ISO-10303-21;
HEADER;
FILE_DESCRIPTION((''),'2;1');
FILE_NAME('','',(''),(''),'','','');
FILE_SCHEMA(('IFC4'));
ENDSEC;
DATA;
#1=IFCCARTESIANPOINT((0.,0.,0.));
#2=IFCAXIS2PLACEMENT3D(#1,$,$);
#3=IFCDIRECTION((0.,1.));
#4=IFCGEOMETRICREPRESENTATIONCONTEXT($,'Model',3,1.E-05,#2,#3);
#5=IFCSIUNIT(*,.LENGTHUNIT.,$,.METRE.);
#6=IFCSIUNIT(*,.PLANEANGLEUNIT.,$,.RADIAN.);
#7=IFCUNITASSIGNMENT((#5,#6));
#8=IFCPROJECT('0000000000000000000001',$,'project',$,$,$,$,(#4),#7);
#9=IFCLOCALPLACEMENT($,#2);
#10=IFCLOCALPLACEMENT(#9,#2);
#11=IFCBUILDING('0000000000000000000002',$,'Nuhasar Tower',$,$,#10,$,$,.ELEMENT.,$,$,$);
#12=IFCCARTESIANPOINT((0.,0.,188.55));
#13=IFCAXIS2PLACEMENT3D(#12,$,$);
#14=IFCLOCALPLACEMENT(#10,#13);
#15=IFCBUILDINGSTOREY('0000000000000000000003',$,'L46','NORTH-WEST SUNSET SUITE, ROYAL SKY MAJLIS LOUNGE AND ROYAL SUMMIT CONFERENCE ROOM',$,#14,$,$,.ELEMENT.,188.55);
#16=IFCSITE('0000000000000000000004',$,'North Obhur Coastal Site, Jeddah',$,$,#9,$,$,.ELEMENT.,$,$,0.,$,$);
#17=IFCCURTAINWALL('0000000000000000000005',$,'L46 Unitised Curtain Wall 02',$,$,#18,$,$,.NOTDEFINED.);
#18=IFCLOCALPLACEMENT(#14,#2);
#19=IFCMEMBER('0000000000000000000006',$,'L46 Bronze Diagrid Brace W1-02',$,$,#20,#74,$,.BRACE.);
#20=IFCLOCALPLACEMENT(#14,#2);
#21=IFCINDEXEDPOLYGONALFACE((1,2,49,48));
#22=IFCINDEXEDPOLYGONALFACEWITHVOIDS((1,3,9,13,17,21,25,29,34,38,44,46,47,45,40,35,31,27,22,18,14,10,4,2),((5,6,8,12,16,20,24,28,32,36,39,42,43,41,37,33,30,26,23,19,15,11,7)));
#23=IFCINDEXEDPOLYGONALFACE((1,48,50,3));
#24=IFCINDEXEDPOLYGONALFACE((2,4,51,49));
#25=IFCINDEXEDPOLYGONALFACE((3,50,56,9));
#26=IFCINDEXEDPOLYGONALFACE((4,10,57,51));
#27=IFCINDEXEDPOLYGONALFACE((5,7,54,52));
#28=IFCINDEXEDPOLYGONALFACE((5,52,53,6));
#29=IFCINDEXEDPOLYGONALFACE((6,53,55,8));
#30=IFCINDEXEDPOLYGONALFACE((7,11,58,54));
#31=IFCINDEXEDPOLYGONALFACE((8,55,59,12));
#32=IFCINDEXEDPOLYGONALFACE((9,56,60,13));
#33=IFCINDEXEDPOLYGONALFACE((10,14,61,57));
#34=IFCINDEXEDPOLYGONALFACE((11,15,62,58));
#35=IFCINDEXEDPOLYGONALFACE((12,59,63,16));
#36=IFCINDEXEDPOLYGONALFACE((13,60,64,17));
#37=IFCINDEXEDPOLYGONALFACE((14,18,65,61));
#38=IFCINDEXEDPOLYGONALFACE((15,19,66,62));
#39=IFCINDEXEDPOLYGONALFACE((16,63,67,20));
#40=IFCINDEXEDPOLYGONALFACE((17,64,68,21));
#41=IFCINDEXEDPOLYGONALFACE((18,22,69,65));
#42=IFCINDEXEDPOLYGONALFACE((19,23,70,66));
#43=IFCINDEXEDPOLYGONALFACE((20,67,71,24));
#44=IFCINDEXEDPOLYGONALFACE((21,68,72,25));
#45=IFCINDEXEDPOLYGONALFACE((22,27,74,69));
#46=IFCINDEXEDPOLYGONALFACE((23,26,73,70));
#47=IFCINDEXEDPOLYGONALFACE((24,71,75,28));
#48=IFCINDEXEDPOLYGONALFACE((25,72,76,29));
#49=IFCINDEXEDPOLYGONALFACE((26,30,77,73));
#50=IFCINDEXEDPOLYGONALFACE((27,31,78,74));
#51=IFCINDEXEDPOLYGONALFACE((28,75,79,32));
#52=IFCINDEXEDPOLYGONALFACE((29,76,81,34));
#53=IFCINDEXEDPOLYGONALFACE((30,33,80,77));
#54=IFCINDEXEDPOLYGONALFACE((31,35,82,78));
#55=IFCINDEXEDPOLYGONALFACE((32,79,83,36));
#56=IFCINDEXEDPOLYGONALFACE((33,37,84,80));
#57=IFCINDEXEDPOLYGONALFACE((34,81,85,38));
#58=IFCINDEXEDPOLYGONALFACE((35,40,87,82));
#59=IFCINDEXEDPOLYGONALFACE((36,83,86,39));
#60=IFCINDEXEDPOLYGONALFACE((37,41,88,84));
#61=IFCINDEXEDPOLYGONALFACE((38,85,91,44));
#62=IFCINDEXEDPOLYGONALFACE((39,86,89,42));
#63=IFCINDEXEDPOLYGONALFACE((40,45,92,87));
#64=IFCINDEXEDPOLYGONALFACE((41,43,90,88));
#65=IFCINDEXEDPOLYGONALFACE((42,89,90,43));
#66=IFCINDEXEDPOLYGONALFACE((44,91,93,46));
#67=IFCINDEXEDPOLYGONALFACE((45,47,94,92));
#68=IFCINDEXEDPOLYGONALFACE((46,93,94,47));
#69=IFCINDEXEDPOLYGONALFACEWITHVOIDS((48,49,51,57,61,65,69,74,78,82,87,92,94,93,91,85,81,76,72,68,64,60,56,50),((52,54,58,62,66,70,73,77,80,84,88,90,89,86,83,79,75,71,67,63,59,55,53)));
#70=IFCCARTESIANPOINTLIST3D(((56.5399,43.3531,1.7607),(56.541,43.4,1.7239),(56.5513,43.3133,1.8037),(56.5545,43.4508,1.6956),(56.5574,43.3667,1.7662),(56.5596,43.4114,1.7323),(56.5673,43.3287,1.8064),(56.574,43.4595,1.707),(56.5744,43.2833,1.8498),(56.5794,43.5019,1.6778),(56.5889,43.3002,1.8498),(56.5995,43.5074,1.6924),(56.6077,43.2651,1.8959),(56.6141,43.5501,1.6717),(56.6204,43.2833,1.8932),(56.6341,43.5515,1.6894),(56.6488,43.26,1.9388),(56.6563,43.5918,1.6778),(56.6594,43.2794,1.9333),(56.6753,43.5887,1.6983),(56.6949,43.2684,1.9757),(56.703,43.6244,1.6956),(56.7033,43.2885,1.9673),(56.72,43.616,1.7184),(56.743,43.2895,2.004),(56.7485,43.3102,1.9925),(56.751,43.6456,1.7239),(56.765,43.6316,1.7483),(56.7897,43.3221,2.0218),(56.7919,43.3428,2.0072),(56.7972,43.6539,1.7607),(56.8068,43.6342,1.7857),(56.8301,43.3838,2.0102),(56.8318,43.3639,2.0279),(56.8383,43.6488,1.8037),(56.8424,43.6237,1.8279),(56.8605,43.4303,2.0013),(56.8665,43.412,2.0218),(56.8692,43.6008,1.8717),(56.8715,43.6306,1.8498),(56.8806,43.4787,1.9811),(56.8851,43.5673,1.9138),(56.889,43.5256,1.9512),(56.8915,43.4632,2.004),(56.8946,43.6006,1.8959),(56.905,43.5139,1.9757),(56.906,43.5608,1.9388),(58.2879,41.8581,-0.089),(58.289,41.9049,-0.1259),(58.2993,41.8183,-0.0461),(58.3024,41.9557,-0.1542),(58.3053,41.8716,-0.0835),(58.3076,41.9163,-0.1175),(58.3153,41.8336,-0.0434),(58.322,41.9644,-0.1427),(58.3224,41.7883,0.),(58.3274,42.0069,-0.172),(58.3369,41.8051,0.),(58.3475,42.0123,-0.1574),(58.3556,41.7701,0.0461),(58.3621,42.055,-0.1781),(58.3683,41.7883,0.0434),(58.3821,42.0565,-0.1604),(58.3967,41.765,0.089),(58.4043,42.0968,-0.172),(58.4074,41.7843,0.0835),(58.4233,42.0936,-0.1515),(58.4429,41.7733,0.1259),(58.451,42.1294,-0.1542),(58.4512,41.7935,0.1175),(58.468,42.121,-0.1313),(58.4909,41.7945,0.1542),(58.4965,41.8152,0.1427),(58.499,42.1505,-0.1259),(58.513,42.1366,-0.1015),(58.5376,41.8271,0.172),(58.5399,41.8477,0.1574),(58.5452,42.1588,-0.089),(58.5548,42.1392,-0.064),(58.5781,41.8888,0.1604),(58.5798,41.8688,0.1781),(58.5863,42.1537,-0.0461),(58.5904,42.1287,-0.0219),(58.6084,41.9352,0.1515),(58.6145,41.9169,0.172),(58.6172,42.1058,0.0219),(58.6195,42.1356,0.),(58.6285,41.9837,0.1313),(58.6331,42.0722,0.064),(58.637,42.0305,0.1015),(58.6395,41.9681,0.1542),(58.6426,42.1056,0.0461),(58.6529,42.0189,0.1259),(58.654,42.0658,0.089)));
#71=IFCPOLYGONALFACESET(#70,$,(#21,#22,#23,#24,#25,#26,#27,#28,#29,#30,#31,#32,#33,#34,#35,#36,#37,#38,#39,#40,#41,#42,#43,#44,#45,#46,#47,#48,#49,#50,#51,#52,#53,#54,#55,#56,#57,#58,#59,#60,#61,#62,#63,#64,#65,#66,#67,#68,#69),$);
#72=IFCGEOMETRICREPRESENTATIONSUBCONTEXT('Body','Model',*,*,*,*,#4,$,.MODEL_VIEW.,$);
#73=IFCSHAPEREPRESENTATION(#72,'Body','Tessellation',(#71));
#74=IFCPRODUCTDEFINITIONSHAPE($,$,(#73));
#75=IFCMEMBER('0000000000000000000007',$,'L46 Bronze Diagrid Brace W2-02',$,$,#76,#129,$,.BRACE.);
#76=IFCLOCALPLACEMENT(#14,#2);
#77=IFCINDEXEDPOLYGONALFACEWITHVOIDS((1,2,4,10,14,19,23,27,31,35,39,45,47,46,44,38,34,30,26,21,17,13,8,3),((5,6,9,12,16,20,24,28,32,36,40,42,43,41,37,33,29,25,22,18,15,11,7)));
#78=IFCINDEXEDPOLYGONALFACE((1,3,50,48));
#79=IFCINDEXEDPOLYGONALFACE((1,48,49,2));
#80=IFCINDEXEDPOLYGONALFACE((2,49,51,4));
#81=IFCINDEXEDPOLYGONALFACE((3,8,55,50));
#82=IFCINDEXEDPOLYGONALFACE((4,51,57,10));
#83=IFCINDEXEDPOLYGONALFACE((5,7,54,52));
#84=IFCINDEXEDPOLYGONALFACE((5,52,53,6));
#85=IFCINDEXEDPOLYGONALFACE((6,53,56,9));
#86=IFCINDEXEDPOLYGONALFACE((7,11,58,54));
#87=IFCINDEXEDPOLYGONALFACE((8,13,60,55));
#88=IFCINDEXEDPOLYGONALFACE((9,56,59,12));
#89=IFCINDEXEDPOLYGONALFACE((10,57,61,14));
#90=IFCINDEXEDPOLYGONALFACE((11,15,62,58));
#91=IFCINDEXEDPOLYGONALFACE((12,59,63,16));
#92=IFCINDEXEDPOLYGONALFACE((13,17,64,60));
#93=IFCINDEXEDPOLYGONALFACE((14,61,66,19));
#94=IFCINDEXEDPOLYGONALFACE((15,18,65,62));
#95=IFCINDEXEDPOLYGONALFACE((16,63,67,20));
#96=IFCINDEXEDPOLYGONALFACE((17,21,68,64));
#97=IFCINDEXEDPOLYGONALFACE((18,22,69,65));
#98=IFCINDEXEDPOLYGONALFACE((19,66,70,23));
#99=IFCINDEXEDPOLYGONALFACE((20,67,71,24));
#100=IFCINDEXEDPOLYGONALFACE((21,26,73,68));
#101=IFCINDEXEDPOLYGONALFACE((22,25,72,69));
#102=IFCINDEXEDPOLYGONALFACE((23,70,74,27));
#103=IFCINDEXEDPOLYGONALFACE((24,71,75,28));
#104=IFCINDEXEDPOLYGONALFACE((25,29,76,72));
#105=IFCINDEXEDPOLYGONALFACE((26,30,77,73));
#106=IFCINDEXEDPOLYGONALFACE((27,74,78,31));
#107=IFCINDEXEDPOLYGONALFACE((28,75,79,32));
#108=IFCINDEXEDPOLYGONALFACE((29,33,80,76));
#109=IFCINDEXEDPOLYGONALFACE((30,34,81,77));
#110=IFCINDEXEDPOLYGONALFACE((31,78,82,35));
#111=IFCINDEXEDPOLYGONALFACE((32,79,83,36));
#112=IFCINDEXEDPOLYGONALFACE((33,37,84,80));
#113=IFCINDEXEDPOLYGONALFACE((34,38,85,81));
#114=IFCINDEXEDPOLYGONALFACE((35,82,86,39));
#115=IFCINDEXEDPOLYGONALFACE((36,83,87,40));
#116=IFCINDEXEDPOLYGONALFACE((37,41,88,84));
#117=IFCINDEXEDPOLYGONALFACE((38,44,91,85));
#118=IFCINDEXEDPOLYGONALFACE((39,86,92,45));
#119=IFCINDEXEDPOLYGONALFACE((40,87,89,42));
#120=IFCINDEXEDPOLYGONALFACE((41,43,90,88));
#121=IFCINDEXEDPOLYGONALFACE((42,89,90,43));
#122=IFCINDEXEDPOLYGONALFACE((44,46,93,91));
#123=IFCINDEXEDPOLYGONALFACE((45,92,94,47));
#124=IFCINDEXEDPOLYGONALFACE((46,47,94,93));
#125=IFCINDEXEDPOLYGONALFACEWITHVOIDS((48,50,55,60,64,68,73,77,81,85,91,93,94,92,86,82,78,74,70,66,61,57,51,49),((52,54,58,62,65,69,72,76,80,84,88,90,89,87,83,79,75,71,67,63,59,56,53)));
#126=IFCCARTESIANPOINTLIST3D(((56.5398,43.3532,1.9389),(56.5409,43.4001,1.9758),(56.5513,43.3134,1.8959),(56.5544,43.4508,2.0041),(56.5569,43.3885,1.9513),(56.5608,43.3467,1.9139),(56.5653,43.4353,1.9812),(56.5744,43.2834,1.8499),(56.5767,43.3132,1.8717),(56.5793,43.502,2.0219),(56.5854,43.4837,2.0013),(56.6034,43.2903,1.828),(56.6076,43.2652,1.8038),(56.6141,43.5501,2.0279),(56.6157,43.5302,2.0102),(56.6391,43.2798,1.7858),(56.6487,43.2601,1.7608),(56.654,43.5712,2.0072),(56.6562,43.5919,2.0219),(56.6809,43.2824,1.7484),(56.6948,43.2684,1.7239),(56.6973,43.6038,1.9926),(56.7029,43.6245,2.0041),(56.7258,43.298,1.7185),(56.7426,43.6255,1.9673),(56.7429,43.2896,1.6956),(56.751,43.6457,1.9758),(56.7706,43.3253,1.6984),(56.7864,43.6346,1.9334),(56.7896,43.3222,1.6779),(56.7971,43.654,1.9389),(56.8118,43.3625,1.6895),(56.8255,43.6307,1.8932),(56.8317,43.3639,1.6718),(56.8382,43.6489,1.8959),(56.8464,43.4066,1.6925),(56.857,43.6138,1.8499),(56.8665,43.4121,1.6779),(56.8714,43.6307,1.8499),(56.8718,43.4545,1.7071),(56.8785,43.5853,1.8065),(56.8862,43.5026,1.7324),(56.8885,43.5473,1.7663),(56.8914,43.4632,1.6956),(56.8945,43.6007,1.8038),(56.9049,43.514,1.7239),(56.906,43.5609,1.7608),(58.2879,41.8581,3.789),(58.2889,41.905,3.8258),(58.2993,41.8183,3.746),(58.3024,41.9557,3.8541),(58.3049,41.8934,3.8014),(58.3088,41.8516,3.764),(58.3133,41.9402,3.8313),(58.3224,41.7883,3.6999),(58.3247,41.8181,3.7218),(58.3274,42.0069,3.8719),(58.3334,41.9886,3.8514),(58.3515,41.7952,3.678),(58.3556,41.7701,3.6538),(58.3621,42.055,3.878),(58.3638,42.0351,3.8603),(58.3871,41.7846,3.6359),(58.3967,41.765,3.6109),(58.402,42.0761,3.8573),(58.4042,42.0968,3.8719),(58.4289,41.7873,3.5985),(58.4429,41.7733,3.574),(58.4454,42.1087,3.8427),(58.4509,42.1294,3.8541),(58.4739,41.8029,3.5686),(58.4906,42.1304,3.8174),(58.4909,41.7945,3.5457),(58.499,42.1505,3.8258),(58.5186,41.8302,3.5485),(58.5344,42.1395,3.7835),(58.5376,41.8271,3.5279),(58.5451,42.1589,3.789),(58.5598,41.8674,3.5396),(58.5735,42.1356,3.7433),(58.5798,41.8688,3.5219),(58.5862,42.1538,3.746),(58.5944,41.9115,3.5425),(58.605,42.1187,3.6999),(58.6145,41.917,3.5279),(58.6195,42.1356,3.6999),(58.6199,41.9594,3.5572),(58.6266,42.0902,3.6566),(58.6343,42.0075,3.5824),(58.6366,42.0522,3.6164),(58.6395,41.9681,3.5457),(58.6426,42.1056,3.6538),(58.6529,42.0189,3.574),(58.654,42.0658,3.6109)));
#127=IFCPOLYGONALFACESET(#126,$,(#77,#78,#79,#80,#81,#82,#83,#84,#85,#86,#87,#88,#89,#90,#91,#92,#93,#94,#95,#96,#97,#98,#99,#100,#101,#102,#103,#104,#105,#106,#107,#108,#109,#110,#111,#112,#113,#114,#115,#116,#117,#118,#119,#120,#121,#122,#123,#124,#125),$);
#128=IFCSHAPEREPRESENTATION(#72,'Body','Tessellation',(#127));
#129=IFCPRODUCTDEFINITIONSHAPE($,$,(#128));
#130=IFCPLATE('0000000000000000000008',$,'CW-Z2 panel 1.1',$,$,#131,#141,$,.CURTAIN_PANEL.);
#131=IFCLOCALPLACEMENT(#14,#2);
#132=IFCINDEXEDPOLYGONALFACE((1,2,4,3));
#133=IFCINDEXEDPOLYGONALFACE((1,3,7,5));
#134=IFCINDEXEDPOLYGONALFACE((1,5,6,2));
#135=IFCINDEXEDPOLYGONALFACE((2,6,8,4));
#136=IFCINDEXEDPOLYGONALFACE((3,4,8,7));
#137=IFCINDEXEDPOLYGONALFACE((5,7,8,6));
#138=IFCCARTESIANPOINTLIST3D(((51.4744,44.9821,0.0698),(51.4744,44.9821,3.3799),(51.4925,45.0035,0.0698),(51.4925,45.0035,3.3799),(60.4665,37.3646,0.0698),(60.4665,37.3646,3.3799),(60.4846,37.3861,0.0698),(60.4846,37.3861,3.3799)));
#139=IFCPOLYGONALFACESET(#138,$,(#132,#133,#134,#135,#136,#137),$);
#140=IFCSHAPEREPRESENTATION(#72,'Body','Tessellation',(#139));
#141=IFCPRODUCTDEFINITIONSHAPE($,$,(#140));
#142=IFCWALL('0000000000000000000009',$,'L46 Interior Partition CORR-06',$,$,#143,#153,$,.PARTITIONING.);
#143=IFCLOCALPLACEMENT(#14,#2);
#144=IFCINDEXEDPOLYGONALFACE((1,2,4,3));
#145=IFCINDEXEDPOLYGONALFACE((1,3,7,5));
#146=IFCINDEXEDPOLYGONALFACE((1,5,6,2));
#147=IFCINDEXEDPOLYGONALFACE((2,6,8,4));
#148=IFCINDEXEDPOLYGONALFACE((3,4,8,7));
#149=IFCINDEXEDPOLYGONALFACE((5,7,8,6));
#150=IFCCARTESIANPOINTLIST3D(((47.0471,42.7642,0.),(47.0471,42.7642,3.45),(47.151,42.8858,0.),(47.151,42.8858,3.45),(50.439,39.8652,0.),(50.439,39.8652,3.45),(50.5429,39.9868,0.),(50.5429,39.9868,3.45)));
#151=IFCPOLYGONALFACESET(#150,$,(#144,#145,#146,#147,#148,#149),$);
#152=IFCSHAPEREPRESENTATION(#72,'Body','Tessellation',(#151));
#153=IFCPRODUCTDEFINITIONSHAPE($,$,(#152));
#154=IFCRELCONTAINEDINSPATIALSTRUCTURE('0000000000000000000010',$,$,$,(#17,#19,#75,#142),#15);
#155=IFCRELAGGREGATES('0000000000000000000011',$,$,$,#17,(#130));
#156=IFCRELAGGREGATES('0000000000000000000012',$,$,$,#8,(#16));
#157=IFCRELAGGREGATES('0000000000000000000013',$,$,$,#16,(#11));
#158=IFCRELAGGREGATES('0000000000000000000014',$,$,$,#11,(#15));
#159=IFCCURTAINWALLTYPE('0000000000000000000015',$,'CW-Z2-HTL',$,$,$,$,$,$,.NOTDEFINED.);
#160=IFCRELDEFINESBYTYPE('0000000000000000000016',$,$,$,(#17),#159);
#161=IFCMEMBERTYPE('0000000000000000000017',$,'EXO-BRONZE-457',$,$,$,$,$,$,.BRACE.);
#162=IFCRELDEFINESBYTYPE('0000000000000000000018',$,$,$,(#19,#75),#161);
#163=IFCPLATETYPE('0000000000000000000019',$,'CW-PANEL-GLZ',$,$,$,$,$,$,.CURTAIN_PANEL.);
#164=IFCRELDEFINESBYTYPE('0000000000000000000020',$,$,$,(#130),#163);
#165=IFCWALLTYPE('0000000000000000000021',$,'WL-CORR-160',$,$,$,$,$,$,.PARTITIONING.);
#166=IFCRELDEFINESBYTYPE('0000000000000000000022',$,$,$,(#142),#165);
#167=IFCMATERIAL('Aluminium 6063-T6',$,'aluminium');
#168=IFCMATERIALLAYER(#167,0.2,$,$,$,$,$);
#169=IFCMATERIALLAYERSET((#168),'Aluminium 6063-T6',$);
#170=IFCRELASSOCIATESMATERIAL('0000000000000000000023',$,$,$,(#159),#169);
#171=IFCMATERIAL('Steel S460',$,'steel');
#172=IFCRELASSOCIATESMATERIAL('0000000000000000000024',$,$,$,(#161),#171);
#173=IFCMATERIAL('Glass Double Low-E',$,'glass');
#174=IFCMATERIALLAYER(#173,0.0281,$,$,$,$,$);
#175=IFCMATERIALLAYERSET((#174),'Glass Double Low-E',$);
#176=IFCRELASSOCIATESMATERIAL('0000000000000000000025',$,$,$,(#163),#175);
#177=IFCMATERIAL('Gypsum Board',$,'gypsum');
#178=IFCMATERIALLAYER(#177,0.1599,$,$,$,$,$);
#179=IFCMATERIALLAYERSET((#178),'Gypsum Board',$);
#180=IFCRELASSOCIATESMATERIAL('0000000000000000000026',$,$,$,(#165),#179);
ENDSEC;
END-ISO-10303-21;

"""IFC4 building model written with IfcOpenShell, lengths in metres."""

from ifc_helpers import new_model, si_unit, direction, frame, frame_2d, origin, origin_2d, place, context, subcontext, project, spatial, rectangle, hollow_circle, extrude, material, layer, layer_set, material_profile, profile_set, type_object, element, aggregate, save


model = new_model("IFC4")

# Units and contexts
model_context = context("Model", 3, precision=1e-05, world=origin(), true_north=direction((0.0, 1.0)))
body_context = subcontext(model_context, "Body", "Model", "MODEL_VIEW")
ifc_project = project(units=[si_unit("LENGTHUNIT", "METRE"), si_unit("PLANEANGLEUNIT", "RADIAN")], contexts=[model_context])

# Site, building, storey
site_placement = place(None, origin())
site = spatial("IfcSite", under=ifc_project, at=site_placement, Name="North Obhur Coastal Site, Jeddah", CompositionType="ELEMENT", RefElevation=0.0)
building_placement = place(site_placement, origin())
building = spatial("IfcBuilding", under=site, at=building_placement, Name="Nuhasar Tower", CompositionType="ELEMENT")
storey_placement = place(building_placement, frame((0.0, 0.0, 188.55)))
storey = spatial("IfcBuildingStorey", under=building, at=storey_placement, Name="L46", Description="NORTH-WEST SUNSET SUITE, ROYAL SKY MAJLIS LOUNGE AND ROYAL SUMMIT CONFERENCE ROOM", CompositionType="ELEMENT", Elevation=188.55)

# Shared definitions
ifc_material_1 = material(Name="Aluminium 6063-T6", Category="aluminium")
ifc_layer_1 = layer(ifc_material_1, 0.2)
ifc_layer_set_1 = layer_set([ifc_layer_1], Name="Aluminium 6063-T6")
curtain_wall_type = type_object("IfcCurtainWallType", Name="CW-Z2-HTL", PredefinedType="NOTDEFINED", material=ifc_layer_set_1)

# Curtain wall
curtain_wall_1_placement = place(storey_placement, origin())
curtain_wall_1 = element("IfcCurtainWall", 1, at=curtain_wall_1_placement, inside=storey, type_object=curtain_wall_type, Name="L46 Unitised Curtain Wall 02", PredefinedType="NOTDEFINED")

# Members
ifc_material_2 = material(Name="Steel S460", Category="steel")
ifc_material_profile_1 = material_profile(ifc_material_2, hollow_circle(Radius=0.2285, WallThickness=0.0222, at=origin_2d()), Name="HSS457X22.2")
ifc_profile_set_1 = profile_set([ifc_material_profile_1], Name="Steel S460")
member_type_1 = type_object("IfcMemberType", Name="EXO-BRONZE-457", PredefinedType="BRACE", material=ifc_profile_set_1)
member_1_placement = place(storey_placement, frame((58.4709, 41.9619, 0.0), z_axis=(-0.592201, 0.506514, 0.626691), x_axis=(-0.649987, -0.759945, 0.0)))
element("IfcMember", 2, at=member_1_placement, inside=storey, type_object=member_type_1, Name="L46 Bronze Diagrid Brace W1-02", PredefinedType="BRACE", context=body_context, shape_type="SweptSolid", body=[
    extrude(hollow_circle(Radius=0.2285, WallThickness=0.0222, at=origin_2d()), origin(), (0.0, 0.0, 1.0), 2.9517),
])
member_2_placement = place(storey_placement, frame((56.7229, 43.457, 1.8499), z_axis=(0.59217, -0.506488, 0.626741), x_axis=(0.649987, 0.759945, 0.0)))
element("IfcMember", 3, at=member_2_placement, inside=storey, type_object=member_type_1, Name="L46 Bronze Diagrid Brace W2-02", PredefinedType="BRACE", context=body_context, shape_type="SweptSolid", body=[
    extrude(hollow_circle(Radius=0.2285, WallThickness=0.0222, at=origin_2d()), origin(), (0.0, 0.0, 1.0), 2.9519),
])

# Plate
ifc_material_3 = material(Name="Glass Double Low-E", Category="glass")
ifc_layer_2 = layer(ifc_material_3, 0.0281)
ifc_layer_set_2 = layer_set([ifc_layer_2], Name="Glass Double Low-E")
plate_type = type_object("IfcPlateType", Name="CW-PANEL-GLZ", PredefinedType="CURTAIN_PANEL", material=ifc_layer_set_2)
plate_placement = place(storey_placement, frame((55.9795, 41.1841, 0.0698), z_axis=(0.0, 0.0, 1.0), x_axis=(-0.76302, 0.646374, 0.0)))
plate = element("IfcPlate", 4, at=plate_placement, type_object=plate_type, Name="CW-Z2 panel 1.1", PredefinedType="CURTAIN_PANEL", context=body_context, shape_type="SweptSolid", body=[
    extrude(rectangle(XDim=11.7849, YDim=0.0281, at=origin_2d()), origin(), (0.0, 0.0, 1.0), 3.3101),
])
aggregate(curtain_wall_1, [plate])

# Shared definitions
ifc_material_4 = material(Name="Gypsum Board", Category="gypsum")
ifc_layer_3 = layer(ifc_material_4, 0.1599)
ifc_layer_set_3 = layer_set([ifc_layer_3], Name="Gypsum Board")
wall_type = type_object("IfcWallType", Name="WL-CORR-160", PredefinedType="PARTITIONING", material=ifc_layer_set_3)

# Wall
wall_1_placement = place(storey_placement, frame((50.491, 39.926, 0.0), z_axis=(0.0, 0.0, 1.0), x_axis=(-0.760183, 0.649709, 0.0)))
element("IfcWall", 5, at=wall_1_placement, inside=storey, type_object=wall_type, Name="L46 Interior Partition CORR-06", PredefinedType="PARTITIONING", context=body_context, shape_type="SweptSolid", body=[
    extrude(rectangle(XDim=4.4619, YDim=0.1599, at=frame_2d((2.231, 0.0))), origin(), (0.0, 0.0, 1.0), 3.45),
])

save(model, "model.ifc")
